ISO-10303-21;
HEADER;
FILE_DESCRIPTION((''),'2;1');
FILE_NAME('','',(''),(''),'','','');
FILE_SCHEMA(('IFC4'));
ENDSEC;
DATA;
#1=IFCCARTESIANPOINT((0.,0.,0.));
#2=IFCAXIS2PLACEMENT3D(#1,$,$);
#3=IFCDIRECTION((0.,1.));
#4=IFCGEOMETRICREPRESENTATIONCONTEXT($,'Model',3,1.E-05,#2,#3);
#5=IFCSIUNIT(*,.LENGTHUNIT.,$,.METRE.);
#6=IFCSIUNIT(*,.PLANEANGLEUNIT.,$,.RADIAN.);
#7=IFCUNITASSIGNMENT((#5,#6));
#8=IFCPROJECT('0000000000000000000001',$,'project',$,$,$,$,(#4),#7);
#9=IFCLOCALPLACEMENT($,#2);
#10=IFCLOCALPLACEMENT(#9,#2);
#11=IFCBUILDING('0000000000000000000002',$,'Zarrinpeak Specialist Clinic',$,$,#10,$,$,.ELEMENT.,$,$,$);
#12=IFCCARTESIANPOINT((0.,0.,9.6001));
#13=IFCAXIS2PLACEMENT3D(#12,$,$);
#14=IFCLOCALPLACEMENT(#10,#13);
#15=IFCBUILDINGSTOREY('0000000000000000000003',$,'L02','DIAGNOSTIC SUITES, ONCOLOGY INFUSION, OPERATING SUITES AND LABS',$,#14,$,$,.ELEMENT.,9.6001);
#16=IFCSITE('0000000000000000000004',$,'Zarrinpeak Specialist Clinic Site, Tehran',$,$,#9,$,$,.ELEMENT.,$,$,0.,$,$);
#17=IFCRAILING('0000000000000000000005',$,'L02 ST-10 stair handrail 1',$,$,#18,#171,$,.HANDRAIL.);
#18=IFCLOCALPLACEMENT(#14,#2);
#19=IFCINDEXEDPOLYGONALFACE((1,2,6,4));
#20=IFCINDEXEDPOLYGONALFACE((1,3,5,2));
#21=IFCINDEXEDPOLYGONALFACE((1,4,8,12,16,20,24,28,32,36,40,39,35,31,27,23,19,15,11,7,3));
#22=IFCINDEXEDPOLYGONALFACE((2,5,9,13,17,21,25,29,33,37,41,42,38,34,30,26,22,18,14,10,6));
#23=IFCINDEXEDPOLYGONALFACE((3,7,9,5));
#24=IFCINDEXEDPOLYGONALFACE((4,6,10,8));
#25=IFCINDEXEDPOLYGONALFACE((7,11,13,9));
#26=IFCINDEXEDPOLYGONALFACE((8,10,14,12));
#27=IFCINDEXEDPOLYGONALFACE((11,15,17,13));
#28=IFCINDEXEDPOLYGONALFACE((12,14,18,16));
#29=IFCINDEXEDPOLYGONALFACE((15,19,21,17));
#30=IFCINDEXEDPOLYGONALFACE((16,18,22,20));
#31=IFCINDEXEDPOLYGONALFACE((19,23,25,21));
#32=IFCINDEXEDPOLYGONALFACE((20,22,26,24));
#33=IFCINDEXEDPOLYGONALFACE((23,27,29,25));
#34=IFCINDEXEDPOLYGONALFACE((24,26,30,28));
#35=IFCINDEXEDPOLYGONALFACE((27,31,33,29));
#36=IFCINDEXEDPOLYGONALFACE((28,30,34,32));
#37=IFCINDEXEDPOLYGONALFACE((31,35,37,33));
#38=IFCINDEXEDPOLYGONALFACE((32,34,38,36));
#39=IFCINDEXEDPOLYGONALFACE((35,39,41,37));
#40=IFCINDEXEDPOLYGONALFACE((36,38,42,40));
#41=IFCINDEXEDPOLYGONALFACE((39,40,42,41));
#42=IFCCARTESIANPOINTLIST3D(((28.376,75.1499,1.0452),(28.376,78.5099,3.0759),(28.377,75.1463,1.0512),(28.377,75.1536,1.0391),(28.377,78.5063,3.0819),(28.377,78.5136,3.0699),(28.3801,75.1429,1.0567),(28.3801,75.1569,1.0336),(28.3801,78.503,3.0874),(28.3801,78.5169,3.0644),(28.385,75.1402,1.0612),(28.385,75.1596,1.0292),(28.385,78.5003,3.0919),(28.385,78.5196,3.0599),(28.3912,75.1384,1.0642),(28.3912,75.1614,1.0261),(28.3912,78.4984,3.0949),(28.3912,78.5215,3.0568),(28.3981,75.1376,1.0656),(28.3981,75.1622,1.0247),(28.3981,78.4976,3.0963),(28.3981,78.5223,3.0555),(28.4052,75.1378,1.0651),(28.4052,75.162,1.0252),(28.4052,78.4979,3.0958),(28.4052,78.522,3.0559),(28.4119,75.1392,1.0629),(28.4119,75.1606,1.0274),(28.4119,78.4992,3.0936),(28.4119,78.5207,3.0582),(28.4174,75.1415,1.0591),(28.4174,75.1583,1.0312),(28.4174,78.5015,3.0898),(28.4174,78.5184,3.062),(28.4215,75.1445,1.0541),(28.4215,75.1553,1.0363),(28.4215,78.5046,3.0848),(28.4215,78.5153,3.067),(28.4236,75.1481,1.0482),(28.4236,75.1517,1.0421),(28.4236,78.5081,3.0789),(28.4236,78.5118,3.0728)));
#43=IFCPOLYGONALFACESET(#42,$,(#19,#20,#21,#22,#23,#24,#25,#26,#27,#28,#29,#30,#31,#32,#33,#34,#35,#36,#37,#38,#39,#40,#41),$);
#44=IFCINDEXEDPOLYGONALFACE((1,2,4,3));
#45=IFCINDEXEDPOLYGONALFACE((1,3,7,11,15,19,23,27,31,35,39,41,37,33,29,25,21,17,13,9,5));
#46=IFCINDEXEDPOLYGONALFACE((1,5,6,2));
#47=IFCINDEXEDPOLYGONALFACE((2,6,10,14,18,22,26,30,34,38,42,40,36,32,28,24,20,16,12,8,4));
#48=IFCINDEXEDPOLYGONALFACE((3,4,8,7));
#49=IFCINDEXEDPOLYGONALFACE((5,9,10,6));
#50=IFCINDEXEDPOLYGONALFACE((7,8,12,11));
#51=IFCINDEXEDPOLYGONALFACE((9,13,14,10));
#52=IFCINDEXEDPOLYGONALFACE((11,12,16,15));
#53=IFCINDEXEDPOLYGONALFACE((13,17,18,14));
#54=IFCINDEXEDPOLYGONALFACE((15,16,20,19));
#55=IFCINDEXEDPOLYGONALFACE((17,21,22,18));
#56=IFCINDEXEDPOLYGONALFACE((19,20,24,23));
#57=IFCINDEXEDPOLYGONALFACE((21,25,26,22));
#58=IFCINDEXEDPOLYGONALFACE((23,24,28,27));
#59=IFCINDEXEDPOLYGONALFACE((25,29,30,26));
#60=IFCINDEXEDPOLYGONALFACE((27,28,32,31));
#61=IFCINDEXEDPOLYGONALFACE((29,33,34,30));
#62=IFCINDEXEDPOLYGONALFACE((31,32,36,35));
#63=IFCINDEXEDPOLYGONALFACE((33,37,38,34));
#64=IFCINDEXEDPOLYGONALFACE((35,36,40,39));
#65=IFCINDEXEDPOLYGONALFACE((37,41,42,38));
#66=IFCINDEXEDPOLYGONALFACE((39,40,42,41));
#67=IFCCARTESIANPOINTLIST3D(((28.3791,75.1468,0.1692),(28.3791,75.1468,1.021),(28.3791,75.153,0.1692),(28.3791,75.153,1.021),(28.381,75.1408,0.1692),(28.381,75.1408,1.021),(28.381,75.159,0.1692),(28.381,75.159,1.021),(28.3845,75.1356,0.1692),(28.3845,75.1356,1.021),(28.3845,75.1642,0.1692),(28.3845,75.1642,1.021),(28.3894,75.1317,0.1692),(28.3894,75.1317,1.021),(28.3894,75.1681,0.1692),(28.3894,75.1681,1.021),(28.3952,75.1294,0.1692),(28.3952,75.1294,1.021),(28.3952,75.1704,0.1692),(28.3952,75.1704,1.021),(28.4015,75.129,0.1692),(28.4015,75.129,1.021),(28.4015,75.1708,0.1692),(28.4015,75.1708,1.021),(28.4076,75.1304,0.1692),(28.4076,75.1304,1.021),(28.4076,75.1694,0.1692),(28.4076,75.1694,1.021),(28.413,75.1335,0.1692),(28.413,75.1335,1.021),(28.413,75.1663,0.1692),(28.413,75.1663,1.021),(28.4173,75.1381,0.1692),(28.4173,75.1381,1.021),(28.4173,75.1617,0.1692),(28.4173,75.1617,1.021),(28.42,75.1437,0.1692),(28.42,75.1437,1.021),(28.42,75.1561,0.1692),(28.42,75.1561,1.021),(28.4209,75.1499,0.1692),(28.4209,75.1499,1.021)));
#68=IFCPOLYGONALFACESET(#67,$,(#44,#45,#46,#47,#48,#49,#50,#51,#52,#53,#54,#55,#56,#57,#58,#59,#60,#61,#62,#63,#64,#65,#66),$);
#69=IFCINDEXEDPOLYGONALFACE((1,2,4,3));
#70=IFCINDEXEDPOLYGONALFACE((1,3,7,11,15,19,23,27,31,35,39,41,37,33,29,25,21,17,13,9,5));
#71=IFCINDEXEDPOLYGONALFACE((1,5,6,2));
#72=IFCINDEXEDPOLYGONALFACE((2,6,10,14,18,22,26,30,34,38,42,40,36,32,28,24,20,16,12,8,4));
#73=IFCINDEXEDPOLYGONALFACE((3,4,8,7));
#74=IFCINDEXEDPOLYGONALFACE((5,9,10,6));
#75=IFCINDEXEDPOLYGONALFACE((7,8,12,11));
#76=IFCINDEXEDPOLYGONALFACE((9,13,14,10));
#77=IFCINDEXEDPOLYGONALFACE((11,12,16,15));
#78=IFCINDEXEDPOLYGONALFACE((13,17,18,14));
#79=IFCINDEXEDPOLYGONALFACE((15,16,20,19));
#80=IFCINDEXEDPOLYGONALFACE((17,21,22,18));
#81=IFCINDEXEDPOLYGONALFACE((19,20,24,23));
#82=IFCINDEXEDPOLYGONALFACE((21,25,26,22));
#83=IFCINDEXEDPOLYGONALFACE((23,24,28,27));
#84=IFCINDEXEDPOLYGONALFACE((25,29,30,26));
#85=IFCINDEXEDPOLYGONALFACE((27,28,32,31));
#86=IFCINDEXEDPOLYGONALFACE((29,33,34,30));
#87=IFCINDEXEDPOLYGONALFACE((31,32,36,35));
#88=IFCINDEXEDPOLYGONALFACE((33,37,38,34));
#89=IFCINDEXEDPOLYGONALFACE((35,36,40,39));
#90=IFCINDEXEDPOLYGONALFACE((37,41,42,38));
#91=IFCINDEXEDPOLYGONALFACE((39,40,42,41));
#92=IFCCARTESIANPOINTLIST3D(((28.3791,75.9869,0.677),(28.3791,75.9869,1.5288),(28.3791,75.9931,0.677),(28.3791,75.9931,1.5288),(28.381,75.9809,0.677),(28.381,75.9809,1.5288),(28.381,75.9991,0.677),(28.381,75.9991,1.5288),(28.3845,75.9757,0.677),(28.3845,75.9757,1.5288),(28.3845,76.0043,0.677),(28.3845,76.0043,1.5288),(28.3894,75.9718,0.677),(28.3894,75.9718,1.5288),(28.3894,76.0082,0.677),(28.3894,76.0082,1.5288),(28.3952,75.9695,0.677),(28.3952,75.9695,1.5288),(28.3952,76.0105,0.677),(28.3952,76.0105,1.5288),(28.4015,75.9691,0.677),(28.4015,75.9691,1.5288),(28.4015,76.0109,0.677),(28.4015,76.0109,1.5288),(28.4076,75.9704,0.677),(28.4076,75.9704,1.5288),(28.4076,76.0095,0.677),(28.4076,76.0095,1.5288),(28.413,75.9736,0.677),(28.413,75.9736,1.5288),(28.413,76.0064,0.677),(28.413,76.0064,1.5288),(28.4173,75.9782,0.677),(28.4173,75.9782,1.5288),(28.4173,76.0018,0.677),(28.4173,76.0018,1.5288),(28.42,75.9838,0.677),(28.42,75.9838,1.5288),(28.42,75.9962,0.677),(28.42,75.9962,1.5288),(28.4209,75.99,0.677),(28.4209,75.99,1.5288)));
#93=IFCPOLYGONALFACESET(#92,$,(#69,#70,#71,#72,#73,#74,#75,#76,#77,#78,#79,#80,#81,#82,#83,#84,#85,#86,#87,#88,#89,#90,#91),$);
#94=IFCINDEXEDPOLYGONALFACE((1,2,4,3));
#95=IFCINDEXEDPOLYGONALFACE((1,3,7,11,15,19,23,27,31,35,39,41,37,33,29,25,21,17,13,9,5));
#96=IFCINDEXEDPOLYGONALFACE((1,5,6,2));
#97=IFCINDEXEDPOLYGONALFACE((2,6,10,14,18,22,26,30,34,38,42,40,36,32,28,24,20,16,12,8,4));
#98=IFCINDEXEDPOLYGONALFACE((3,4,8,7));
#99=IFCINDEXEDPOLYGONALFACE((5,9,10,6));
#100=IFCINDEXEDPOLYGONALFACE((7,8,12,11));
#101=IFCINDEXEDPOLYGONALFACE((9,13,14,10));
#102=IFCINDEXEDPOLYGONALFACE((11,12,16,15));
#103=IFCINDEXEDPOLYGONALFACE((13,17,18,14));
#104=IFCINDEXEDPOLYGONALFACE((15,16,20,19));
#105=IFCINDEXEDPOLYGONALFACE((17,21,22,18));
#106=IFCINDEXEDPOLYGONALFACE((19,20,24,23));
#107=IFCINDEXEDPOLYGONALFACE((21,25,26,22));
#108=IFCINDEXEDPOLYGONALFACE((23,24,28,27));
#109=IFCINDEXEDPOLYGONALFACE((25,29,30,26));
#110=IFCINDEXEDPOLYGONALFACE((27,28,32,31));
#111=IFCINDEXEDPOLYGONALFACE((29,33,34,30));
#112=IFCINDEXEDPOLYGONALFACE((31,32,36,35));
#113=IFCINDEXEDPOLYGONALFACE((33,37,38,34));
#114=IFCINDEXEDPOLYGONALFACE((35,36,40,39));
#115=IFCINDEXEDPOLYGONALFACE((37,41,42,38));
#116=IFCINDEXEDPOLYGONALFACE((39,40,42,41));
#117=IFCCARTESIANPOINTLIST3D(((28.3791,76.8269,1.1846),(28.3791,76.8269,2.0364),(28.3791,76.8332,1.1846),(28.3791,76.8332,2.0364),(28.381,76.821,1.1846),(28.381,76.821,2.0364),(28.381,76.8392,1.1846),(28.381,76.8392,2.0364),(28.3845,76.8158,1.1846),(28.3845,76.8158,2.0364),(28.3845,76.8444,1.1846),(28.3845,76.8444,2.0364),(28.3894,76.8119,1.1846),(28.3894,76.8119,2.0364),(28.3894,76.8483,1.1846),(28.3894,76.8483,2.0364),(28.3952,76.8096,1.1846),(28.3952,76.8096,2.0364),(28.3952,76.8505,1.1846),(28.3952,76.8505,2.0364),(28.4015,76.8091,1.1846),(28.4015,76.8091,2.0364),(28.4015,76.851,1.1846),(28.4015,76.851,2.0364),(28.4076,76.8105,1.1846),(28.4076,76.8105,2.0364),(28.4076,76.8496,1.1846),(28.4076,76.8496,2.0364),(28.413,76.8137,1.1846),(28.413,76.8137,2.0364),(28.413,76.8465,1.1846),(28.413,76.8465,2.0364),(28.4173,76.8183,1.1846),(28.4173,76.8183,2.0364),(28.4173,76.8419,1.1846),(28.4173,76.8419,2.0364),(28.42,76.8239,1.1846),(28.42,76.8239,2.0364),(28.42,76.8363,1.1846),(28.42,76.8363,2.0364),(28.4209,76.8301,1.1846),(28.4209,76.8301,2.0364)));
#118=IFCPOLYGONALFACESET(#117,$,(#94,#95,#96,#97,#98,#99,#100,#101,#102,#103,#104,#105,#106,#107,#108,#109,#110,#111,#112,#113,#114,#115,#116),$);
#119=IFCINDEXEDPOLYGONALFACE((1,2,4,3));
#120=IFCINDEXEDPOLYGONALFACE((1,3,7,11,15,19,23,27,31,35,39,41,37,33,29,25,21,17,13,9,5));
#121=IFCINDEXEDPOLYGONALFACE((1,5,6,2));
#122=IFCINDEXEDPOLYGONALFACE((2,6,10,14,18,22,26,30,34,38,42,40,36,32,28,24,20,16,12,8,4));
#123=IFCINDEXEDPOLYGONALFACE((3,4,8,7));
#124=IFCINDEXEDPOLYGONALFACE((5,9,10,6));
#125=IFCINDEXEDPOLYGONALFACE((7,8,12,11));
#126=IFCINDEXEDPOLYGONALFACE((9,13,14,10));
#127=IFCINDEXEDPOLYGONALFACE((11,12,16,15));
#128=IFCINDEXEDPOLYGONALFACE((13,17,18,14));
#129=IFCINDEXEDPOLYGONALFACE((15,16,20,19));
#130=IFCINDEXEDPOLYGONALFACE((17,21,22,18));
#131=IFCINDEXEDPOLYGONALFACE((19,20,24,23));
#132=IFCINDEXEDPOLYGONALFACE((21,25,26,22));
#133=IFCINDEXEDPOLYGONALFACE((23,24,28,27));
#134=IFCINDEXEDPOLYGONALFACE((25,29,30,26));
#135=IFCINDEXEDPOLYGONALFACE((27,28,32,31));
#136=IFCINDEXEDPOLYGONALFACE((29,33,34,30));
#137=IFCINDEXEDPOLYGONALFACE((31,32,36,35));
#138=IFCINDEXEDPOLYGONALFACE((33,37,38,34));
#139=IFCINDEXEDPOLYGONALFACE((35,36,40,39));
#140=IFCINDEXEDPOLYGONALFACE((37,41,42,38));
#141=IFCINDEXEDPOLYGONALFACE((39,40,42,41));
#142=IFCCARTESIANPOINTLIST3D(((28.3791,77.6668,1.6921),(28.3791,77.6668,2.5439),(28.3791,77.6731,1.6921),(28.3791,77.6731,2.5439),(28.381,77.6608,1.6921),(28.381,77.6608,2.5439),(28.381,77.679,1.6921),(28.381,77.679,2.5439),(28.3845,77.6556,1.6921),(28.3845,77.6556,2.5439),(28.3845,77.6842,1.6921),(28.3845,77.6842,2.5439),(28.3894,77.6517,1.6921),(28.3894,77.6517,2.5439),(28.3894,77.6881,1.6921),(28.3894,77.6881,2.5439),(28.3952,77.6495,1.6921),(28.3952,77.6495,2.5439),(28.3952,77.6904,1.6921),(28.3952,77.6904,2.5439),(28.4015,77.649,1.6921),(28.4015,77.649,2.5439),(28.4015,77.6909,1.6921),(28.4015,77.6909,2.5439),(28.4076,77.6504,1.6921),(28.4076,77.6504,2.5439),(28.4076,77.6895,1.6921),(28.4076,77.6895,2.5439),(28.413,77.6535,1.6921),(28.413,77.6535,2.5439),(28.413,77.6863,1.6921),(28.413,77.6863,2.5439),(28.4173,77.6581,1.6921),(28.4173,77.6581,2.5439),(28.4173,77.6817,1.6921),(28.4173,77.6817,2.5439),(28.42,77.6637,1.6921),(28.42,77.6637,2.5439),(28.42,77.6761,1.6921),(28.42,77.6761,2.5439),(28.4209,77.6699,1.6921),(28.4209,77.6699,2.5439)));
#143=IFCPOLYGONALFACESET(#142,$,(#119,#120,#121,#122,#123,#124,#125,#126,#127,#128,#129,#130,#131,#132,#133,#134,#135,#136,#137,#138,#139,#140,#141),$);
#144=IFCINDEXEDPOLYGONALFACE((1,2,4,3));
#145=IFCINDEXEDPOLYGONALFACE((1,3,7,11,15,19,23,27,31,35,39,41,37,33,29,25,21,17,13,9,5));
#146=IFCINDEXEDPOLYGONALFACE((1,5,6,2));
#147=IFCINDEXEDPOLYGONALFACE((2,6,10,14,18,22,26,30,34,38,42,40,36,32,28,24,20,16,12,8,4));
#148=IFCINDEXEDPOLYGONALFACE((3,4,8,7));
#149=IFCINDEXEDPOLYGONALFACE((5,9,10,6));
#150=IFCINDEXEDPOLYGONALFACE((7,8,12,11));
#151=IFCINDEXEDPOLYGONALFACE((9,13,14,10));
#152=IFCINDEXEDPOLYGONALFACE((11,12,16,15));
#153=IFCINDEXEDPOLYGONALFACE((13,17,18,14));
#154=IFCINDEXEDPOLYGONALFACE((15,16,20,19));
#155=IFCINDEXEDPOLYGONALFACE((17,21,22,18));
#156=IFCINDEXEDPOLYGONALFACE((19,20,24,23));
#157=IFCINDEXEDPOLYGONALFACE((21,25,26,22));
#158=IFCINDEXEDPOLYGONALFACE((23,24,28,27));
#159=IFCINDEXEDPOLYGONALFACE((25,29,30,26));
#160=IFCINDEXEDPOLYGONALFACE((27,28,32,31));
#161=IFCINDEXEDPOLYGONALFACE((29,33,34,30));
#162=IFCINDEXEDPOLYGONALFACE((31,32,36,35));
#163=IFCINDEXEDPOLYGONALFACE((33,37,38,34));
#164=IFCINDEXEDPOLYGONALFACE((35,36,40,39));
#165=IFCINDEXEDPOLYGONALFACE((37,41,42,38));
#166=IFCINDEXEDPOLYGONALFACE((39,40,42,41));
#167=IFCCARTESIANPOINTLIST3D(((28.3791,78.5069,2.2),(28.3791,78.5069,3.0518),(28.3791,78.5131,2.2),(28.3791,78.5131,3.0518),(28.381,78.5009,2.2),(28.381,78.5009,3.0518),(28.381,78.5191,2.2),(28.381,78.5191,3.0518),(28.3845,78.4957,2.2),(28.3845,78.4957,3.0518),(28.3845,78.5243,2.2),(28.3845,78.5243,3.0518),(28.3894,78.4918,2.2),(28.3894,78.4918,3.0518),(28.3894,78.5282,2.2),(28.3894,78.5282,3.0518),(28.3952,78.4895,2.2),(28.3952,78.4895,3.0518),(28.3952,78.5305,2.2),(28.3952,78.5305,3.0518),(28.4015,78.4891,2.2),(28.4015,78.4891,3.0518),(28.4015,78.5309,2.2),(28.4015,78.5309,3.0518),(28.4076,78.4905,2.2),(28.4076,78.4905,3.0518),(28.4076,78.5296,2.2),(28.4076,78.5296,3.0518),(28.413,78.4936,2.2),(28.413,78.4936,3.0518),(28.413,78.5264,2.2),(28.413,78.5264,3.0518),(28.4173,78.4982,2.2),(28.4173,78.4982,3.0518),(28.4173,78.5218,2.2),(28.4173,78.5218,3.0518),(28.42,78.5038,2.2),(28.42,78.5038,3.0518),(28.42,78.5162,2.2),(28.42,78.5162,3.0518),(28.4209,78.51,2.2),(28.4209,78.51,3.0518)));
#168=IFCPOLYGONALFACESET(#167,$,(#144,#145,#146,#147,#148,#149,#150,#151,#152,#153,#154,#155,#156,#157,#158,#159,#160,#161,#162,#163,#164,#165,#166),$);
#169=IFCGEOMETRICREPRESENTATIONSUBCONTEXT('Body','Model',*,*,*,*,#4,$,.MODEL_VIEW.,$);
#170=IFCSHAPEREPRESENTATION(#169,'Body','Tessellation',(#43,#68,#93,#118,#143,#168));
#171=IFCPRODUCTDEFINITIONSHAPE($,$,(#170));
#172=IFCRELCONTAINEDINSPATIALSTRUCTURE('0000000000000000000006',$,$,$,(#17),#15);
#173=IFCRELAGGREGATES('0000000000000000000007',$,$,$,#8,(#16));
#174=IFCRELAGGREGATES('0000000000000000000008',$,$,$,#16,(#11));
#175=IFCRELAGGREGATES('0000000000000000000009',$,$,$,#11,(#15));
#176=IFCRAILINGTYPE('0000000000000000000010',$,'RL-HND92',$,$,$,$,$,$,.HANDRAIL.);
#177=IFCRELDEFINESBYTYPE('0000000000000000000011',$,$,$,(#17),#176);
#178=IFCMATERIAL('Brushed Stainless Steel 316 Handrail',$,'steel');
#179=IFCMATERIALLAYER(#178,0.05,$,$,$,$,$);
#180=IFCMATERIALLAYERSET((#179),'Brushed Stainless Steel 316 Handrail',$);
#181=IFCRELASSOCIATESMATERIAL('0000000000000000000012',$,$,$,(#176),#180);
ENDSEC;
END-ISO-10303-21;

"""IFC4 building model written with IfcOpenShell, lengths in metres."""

from ifc_helpers import new_model, si_unit, direction, frame, origin, origin_2d, place, context, subcontext, project, spatial, circle, extrude, material, layer, layer_set, type_object, element, save


model = new_model("IFC4")

# Units and contexts
model_context = context("Model", 3, precision=1e-05, world=origin(), true_north=direction((0.0, 1.0)))
body_context = subcontext(model_context, "Body", "Model", "MODEL_VIEW")
ifc_project = project(units=[si_unit("LENGTHUNIT", "METRE"), si_unit("PLANEANGLEUNIT", "RADIAN")], contexts=[model_context])

# Site, building, storey
site_placement = place(None, origin())
site = spatial("IfcSite", under=ifc_project, at=site_placement, Name="Zarrinpeak Specialist Clinic Site, Tehran", CompositionType="ELEMENT", RefElevation=0.0)
building_placement = place(site_placement, origin())
building = spatial("IfcBuilding", under=site, at=building_placement, Name="Zarrinpeak Specialist Clinic", CompositionType="ELEMENT")
storey_placement = place(building_placement, frame((0.0, 0.0, 9.6001)))
storey = spatial("IfcBuildingStorey", under=building, at=storey_placement, Name="L02", Description="DIAGNOSTIC SUITES, ONCOLOGY INFUSION, OPERATING SUITES AND LABS", CompositionType="ELEMENT", Elevation=9.6001)

# Railing
ifc_material_1 = material(Name="Brushed Stainless Steel 316 Handrail", Category="steel")
ifc_layer_1 = layer(ifc_material_1, 0.05)
ifc_layer_set_1 = layer_set([ifc_layer_1], Name="Brushed Stainless Steel 316 Handrail")
railing_type_1 = type_object("IfcRailingType", Name="RL-HND92", PredefinedType="HANDRAIL", material=ifc_layer_set_1)
railing_1_placement = place(storey_placement, frame((28.3999, 75.1499, 0.1692)))
element("IfcRailing", 1, at=railing_1_placement, inside=storey, type_object=railing_type_1, Name="L02 ST-10 stair handrail 1", PredefinedType="HANDRAIL", context=body_context, shape_type="SweptSolid", body=[
    extrude(circle(Radius=0.0239, at=origin_2d()), frame((0.0, 0.0, 0.876), z_axis=(0.0, 0.855837, 0.517246), x_axis=(-1.0, 0.0, 0.0)), (0.0, 0.0, 1.0), 3.926),
    extrude(circle(Radius=0.021, at=origin_2d()), origin(), (0.0, 0.0, 1.0), 0.8518),
    extrude(circle(Radius=0.021, at=origin_2d()), frame((0.0, 0.8401, 0.5078)), (0.0, 0.0, 1.0), 0.8518),
    extrude(circle(Radius=0.021, at=origin_2d()), frame((0.0, 1.6802, 1.0154)), (0.0, 0.0, 1.0), 0.8518),
    extrude(circle(Radius=0.021, at=origin_2d()), frame((0.0, 2.52, 1.5229)), (0.0, 0.0, 1.0), 0.8518),
    extrude(circle(Radius=0.021, at=origin_2d()), frame((0.0, 3.3601, 2.0308)), (0.0, 0.0, 1.0), 0.8518),
])

save(model, "model.ifc")
